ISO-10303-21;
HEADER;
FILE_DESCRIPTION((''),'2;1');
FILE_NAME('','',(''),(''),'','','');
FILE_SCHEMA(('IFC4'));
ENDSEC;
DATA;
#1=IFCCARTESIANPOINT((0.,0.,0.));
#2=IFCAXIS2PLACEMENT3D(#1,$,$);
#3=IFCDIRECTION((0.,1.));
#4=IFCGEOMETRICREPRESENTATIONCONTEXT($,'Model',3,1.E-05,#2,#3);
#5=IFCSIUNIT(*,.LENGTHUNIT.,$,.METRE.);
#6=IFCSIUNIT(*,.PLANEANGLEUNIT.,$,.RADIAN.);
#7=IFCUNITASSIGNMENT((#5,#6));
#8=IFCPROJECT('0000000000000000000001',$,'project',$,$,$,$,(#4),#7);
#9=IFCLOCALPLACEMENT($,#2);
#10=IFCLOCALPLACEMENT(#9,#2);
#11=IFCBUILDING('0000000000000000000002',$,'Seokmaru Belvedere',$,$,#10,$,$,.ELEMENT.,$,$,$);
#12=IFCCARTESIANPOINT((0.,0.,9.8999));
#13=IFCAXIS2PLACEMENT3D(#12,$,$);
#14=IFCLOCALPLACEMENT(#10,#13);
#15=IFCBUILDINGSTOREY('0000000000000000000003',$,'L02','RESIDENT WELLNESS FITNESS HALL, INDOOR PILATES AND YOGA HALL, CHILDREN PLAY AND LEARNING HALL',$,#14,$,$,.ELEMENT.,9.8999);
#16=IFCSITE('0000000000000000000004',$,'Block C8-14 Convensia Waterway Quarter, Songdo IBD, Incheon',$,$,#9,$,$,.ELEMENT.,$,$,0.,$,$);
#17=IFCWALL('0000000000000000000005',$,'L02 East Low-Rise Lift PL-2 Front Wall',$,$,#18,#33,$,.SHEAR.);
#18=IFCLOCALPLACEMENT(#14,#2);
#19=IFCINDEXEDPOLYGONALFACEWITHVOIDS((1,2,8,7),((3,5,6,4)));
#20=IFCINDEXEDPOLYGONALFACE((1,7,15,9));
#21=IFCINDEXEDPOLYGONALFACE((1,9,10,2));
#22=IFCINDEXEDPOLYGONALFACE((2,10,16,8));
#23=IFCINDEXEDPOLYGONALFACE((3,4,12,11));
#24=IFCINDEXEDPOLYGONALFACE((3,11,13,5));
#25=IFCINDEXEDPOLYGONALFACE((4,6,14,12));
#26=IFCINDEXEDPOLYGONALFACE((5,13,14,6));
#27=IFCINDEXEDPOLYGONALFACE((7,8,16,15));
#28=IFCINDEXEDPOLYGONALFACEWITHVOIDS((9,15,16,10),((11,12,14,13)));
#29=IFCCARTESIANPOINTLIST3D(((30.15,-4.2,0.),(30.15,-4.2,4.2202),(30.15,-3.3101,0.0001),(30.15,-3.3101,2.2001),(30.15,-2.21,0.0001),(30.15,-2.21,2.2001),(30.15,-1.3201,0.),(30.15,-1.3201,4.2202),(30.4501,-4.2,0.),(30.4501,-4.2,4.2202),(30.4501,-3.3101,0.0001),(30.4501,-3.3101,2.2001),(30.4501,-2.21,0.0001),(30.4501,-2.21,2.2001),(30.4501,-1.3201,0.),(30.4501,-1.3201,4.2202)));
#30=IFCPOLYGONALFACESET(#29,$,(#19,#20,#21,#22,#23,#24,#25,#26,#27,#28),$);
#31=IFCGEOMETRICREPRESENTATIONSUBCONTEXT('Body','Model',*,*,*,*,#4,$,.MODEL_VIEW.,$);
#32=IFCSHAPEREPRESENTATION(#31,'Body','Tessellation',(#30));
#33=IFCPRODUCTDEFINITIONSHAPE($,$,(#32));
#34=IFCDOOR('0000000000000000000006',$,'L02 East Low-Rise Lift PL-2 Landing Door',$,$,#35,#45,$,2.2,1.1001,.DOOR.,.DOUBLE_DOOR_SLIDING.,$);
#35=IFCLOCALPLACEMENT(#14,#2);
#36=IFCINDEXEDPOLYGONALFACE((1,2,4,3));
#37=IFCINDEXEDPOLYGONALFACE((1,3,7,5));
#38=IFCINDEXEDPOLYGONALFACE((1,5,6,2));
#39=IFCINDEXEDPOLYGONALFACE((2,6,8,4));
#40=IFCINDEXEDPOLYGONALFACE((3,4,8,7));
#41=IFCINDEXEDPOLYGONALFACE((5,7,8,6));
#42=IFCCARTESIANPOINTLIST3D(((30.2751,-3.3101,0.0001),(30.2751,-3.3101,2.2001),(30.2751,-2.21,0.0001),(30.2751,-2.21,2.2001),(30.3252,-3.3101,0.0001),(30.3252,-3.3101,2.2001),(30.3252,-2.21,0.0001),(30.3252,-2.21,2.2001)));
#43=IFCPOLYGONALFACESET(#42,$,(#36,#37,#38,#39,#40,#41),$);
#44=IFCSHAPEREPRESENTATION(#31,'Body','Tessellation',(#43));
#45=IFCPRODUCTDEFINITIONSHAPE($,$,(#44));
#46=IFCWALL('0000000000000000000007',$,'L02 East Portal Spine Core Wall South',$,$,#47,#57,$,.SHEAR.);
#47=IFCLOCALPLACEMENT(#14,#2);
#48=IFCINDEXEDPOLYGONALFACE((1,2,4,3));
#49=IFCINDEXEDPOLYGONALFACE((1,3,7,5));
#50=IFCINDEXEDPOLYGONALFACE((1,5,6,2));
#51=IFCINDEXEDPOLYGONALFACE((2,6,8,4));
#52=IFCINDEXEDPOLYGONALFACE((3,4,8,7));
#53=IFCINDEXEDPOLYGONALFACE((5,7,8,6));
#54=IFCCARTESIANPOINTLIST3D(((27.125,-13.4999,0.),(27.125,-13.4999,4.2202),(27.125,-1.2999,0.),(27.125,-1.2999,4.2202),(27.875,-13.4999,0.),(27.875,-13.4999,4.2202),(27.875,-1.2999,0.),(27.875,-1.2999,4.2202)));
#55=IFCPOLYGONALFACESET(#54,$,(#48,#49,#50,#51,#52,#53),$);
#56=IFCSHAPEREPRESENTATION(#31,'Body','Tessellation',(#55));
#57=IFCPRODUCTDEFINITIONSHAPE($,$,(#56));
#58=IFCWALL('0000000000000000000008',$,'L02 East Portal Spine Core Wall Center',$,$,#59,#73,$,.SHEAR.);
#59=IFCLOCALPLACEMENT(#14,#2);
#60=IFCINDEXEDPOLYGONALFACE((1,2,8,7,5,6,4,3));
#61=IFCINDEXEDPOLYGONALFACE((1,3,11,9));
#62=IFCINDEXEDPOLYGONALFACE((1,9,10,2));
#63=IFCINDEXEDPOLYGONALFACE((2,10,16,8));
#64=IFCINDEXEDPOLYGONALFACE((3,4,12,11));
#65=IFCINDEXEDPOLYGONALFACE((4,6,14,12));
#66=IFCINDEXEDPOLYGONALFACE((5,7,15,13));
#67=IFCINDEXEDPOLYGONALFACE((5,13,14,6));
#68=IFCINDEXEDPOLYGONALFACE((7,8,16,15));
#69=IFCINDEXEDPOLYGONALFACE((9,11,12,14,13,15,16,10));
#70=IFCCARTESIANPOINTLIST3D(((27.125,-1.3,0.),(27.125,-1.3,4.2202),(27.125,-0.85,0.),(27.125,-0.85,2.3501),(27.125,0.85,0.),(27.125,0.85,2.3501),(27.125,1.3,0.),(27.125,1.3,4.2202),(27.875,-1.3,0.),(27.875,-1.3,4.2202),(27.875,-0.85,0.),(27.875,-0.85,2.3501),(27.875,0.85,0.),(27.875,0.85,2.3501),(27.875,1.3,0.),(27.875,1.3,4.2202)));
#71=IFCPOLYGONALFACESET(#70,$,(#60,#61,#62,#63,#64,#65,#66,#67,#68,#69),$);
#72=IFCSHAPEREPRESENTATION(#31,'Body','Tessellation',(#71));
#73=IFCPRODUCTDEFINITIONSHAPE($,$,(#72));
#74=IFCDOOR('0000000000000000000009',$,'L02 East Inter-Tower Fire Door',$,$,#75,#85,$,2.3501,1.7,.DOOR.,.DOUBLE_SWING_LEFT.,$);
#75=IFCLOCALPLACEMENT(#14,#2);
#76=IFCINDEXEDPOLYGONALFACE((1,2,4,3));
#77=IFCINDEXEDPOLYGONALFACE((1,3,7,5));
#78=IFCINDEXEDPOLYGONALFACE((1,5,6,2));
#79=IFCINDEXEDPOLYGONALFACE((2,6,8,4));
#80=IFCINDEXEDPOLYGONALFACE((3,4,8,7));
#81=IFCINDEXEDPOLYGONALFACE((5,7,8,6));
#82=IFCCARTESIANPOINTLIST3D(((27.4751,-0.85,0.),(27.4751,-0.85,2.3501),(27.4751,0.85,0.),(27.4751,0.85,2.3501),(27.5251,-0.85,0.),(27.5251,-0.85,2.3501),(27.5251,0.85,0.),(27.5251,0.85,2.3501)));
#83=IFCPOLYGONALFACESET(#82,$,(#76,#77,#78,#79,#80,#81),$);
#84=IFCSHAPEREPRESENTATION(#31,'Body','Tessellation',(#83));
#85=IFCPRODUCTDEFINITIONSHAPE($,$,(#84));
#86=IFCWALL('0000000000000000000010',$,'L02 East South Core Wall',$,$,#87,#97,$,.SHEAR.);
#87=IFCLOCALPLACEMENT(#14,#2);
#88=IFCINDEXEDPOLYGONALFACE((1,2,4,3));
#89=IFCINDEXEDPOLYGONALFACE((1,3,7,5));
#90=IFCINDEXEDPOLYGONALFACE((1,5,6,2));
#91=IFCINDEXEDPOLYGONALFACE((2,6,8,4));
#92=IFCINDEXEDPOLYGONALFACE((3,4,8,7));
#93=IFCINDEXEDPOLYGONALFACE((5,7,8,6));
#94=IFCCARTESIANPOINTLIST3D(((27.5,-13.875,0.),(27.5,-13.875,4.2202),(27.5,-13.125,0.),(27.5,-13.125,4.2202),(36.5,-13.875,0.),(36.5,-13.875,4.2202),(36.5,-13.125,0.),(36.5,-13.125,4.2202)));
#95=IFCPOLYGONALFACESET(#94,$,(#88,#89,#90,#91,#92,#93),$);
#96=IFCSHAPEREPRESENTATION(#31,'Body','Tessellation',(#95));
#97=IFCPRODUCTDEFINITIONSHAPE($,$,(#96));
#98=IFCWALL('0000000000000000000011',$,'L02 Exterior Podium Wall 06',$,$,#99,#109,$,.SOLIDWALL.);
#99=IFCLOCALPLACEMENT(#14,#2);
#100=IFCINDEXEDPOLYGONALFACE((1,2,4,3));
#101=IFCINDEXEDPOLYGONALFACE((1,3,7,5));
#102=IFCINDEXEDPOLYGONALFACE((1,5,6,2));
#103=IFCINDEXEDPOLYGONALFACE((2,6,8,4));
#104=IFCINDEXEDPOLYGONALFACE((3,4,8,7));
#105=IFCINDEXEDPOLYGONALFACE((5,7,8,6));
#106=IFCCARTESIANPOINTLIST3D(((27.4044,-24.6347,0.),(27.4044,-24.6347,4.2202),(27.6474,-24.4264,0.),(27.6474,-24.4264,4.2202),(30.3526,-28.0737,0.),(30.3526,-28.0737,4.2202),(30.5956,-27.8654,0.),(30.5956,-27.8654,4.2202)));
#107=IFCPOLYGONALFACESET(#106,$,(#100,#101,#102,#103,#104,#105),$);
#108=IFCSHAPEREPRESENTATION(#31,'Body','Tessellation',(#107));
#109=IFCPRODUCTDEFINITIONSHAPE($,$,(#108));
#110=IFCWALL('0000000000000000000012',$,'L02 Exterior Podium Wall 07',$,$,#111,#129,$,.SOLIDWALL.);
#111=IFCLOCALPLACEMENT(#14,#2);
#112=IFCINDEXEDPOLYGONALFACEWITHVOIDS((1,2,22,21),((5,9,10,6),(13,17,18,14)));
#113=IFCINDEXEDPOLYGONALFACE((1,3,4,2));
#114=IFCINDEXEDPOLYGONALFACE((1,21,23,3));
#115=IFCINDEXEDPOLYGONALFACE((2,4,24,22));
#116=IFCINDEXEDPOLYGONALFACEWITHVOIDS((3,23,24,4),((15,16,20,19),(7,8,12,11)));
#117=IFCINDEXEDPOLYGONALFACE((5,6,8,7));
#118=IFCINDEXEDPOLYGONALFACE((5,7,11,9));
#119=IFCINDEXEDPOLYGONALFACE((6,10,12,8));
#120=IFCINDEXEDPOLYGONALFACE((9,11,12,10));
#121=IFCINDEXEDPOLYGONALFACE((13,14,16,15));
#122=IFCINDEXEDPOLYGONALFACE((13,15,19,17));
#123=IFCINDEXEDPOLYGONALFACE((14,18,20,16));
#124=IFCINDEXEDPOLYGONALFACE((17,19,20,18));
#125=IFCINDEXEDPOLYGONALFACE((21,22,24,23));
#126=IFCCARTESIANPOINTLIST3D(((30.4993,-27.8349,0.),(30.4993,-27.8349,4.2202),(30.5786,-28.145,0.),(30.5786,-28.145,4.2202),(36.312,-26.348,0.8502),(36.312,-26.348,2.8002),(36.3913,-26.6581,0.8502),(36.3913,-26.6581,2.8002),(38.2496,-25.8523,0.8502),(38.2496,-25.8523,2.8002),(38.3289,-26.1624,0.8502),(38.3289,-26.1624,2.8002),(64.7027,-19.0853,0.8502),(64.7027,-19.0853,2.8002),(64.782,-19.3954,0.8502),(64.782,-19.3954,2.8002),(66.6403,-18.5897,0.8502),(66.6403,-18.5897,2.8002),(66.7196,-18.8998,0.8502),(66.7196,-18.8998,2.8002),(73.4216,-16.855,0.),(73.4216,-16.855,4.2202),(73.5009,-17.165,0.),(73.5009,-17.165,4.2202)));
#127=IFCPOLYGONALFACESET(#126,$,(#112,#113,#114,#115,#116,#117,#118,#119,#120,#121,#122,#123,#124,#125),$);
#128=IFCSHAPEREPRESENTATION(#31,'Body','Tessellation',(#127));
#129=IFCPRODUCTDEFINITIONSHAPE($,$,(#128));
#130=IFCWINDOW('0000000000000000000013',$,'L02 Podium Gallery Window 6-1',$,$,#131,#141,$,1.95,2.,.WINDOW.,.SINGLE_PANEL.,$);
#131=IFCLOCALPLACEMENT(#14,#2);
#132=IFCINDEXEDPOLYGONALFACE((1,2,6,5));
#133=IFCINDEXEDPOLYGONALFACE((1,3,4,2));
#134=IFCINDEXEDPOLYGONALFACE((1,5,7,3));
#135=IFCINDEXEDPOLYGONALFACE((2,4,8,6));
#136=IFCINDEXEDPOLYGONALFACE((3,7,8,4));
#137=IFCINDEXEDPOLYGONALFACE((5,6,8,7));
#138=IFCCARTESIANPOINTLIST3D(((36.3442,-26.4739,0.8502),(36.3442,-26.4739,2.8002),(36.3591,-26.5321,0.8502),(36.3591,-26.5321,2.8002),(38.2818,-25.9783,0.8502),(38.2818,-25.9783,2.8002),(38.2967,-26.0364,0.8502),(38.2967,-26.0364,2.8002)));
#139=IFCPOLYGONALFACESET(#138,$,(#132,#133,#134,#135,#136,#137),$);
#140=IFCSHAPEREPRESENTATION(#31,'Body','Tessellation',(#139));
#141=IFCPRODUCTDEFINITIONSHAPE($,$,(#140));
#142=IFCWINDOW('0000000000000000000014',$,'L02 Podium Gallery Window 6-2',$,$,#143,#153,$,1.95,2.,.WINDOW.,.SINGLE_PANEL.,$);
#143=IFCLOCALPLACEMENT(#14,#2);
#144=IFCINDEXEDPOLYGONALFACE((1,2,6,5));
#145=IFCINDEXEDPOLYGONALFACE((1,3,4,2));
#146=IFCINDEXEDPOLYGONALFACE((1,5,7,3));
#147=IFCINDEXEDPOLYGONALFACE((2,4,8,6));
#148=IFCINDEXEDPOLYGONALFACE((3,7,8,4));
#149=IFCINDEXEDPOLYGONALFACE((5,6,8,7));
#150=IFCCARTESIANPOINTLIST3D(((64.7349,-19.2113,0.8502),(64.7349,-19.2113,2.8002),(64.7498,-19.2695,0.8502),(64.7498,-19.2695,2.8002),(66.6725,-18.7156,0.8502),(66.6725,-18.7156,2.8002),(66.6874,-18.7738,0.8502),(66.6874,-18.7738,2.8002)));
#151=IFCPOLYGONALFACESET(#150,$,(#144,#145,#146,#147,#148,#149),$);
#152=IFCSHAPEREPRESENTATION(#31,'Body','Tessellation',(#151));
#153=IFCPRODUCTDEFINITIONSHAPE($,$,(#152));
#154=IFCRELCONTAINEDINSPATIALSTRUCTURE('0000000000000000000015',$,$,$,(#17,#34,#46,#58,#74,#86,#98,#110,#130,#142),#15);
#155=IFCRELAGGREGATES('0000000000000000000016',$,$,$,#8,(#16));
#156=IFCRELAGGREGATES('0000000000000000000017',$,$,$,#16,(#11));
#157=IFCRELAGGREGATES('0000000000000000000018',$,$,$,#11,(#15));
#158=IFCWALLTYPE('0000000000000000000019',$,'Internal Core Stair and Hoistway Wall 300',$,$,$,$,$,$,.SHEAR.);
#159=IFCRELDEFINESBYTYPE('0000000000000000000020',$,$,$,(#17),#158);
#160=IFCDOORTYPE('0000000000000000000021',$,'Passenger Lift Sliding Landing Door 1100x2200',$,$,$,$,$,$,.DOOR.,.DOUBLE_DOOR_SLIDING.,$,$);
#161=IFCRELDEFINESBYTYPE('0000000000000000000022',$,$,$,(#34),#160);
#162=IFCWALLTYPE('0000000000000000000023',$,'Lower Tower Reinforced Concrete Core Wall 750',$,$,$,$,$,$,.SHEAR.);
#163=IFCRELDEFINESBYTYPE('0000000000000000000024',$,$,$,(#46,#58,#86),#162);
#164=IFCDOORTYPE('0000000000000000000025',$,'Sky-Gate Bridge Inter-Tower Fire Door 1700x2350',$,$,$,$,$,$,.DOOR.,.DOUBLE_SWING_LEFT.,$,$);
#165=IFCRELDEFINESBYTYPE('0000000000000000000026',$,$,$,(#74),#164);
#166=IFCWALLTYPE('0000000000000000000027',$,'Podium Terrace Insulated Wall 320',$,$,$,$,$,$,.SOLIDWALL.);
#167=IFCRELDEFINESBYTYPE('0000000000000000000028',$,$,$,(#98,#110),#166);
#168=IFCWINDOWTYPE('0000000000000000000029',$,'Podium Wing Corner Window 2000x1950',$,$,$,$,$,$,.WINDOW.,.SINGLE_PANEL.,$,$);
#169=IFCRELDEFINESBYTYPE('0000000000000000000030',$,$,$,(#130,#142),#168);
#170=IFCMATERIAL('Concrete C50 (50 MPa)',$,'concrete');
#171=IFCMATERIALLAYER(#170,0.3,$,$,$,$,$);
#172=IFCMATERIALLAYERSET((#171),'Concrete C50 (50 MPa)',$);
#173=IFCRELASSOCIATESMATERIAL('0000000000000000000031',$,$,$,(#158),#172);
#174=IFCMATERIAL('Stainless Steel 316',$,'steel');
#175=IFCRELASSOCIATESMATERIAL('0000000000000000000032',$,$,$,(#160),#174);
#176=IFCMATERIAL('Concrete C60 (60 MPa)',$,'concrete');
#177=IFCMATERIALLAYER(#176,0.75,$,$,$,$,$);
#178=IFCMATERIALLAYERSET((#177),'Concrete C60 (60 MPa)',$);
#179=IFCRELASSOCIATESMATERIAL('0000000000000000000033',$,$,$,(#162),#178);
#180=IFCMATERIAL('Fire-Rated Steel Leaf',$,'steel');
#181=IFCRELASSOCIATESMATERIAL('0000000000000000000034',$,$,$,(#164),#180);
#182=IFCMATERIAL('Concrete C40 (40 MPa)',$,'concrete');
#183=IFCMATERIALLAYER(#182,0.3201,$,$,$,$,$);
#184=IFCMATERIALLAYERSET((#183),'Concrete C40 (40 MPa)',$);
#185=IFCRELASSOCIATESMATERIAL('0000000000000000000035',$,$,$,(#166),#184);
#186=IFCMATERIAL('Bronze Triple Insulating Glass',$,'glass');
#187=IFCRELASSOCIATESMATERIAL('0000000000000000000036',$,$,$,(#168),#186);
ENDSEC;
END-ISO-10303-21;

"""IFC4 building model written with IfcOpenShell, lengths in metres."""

from ifc_helpers import new_model, si_unit, direction, frame, frame_2d, origin, place, context, subcontext, project, spatial, rectangle, extrude, source, transform, mapped, material, layer, layer_set, type_object, type_shapes, element, fill, save


model = new_model("IFC4")

# Units and contexts
model_context = context("Model", 3, precision=1e-05, world=origin(), true_north=direction((0.0, 1.0)))
body_context = subcontext(model_context, "Body", "Model", "MODEL_VIEW")
ifc_project = project(units=[si_unit("LENGTHUNIT", "METRE"), si_unit("PLANEANGLEUNIT", "RADIAN")], contexts=[model_context])

# Site, building, storey
site_placement = place(None, origin())
site = spatial("IfcSite", under=ifc_project, at=site_placement, Name="Block C8-14 Convensia Waterway Quarter, Songdo IBD, Incheon", CompositionType="ELEMENT", RefElevation=0.0)
building_placement = place(site_placement, origin())
building = spatial("IfcBuilding", under=site, at=building_placement, Name="Seokmaru Belvedere", CompositionType="ELEMENT")
storey_placement = place(building_placement, frame((0.0, 0.0, 9.8999)))
storey = spatial("IfcBuildingStorey", under=building, at=storey_placement, Name="L02", Description="RESIDENT WELLNESS FITNESS HALL, INDOOR PILATES AND YOGA HALL, CHILDREN PLAY AND LEARNING HALL", CompositionType="ELEMENT", Elevation=9.8999)

# Shared definitions
ifc_material_1 = material(Name="Concrete C50 (50 MPa)", Category="concrete")

# Wall, opening, door
ifc_layer_1 = layer(ifc_material_1, 0.3)
ifc_layer_set_1 = layer_set([ifc_layer_1], Name="Concrete C50 (50 MPa)")
wall_type_1 = type_object("IfcWallType", Name="Internal Core Stair and Hoistway Wall 300", PredefinedType="SHEAR", material=ifc_layer_set_1)
ifc_material_2 = material(Name="Fire-Rated Steel Leaf", Category="steel")
ifc_material_3 = material(Name="Stainless Steel 316", Category="steel")
door_type_1 = type_object("IfcDoorType", Name="Passenger Lift Sliding Landing Door 1100x2200", OperationType="DOUBLE_DOOR_SLIDING", PredefinedType="DOOR", material=ifc_material_3)
shared_shape_1 = source(origin(), body_context, "Body", "SweptSolid", [
    extrude(rectangle(XDim=1.1001, YDim=2.2, at=frame_2d((0.55, 1.1001))), frame((0.0, 0.0249, 0.0), z_axis=(0.0, -1.0, 0.0), x_axis=(1.0, 0.0, 0.0)), (0.0, 0.0, 1.0), 0.05),
])
type_shapes(door_type_1, [shared_shape_1])
wall_1_placement = place(storey_placement, frame((30.3, -4.2, 0.0), z_axis=(0.0, 0.0, 1.0), x_axis=(0.0, 1.0, 0.0)))
wall_1 = element("IfcWall", 1, at=wall_1_placement, inside=storey, type_object=wall_type_1, Name="L02 East Low-Rise Lift PL-2 Front Wall", PredefinedType="SHEAR", context=body_context, shape_type="SweptSolid", body=[
    extrude(rectangle(XDim=2.8799, YDim=0.3, at=frame_2d((1.4399, 0.0))), origin(), (0.0, 0.0, 1.0), 4.2202),
])
opening_1_placement = place(wall_1_placement, frame((0.8899, 0.0, 0.0)))
opening_1 = element("IfcOpeningElement", 2, at=opening_1_placement, cuts=wall_1, PredefinedType="OPENING", context=body_context, shape_type="SweptSolid", body=[
    extrude(rectangle(XDim=1.1001, YDim=2.2, at=frame_2d((0.55, 1.1001))), frame((0.0, 0.1602, 0.0), z_axis=(0.0, -1.0, 0.0), x_axis=(1.0, 0.0, 0.0)), (0.0, 0.0, 1.0), 0.3201),
])
door_1_placement = place(opening_1_placement, origin())
door_1 = element("IfcDoor", 3, at=door_1_placement, inside=storey, type_object=door_type_1, Name="L02 East Low-Rise Lift PL-2 Landing Door", OperationType="DOUBLE_DOOR_SLIDING", OverallHeight=2.2, OverallWidth=1.1001, PredefinedType="DOOR", context=body_context, shape_type="MappedRepresentation", body=[
    mapped(shared_shape_1, transform((0.0, 0.0, 0.0), scale=1.0)),
])
fill(opening_1, door_1)

# Wall
ifc_material_4 = material(Name="Concrete C60 (60 MPa)", Category="concrete")
ifc_layer_2 = layer(ifc_material_4, 0.75)
ifc_layer_set_2 = layer_set([ifc_layer_2], Name="Concrete C60 (60 MPa)")
wall_type_2 = type_object("IfcWallType", Name="Lower Tower Reinforced Concrete Core Wall 750", PredefinedType="SHEAR", material=ifc_layer_set_2)
wall_2_placement = place(storey_placement, frame((27.5, -13.5, 0.0), z_axis=(0.0, 0.0, 1.0), x_axis=(0.0, 1.0, 0.0)))
element("IfcWall", 4, at=wall_2_placement, inside=storey, type_object=wall_type_2, Name="L02 East Portal Spine Core Wall South", PredefinedType="SHEAR", context=body_context, shape_type="SweptSolid", body=[
    extrude(rectangle(XDim=12.2, YDim=0.75, at=frame_2d((6.1001, 0.0))), origin(), (0.0, 0.0, 1.0), 4.2202),
])

# Wall, opening, door
wall_3_placement = place(storey_placement, frame((27.5, -1.3, 0.0), z_axis=(0.0, 0.0, 1.0), x_axis=(0.0, 1.0, 0.0)))
wall_3 = element("IfcWall", 5, at=wall_3_placement, inside=storey, type_object=wall_type_2, Name="L02 East Portal Spine Core Wall Center", PredefinedType="SHEAR", context=body_context, shape_type="SweptSolid", body=[
    extrude(rectangle(XDim=2.6001, YDim=0.75, at=frame_2d((1.3, 0.0))), origin(), (0.0, 0.0, 1.0), 4.2202),
])
opening_2_placement = place(wall_3_placement, frame((0.45, 0.0, 0.0)))
opening_2 = element("IfcOpeningElement", 6, at=opening_2_placement, cuts=wall_3, PredefinedType="OPENING", context=body_context, shape_type="SweptSolid", body=[
    extrude(rectangle(XDim=1.7, YDim=2.3501, at=frame_2d((0.8501, 1.175))), frame((0.0, 0.385, 0.0), z_axis=(0.0, -1.0, 0.0), x_axis=(1.0, 0.0, 0.0)), (0.0, 0.0, 1.0), 0.77),
])
door_type_2 = type_object("IfcDoorType", Name="Sky-Gate Bridge Inter-Tower Fire Door 1700x2350", OperationType="DOUBLE_SWING_LEFT", PredefinedType="DOOR", material=ifc_material_2)
shared_shape_2 = source(origin(), body_context, "Body", "SweptSolid", [
    extrude(rectangle(XDim=1.7, YDim=2.3501, at=frame_2d((0.8501, 1.175))), frame((0.0, 0.0249, 0.0), z_axis=(0.0, -1.0, 0.0), x_axis=(1.0, 0.0, 0.0)), (0.0, 0.0, 1.0), 0.05),
])
type_shapes(door_type_2, [shared_shape_2])
door_2_placement = place(opening_2_placement, origin())
door_2 = element("IfcDoor", 7, at=door_2_placement, inside=storey, type_object=door_type_2, Name="L02 East Inter-Tower Fire Door", OperationType="DOUBLE_SWING_LEFT", OverallHeight=2.3501, OverallWidth=1.7, PredefinedType="DOOR", context=body_context, shape_type="MappedRepresentation", body=[
    mapped(shared_shape_2, transform((0.0, 0.0, 0.0), scale=1.0)),
])
fill(opening_2, door_2)

# Walls
wall_4_placement = place(storey_placement, frame((27.5, -13.5, 0.0), z_axis=(0.0, 0.0, 1.0), x_axis=(1.0, 0.0, 0.0)))
element("IfcWall", 8, at=wall_4_placement, inside=storey, type_object=wall_type_2, Name="L02 East South Core Wall", PredefinedType="SHEAR", context=body_context, shape_type="SweptSolid", body=[
    extrude(rectangle(XDim=9.0, YDim=0.75, at=frame_2d((4.5, 0.0))), origin(), (0.0, 0.0, 1.0), 4.2202),
])
ifc_material_5 = material(Name="Concrete C40 (40 MPa)", Category="concrete")
ifc_layer_3 = layer(ifc_material_5, 0.3201)
ifc_layer_set_3 = layer_set([ifc_layer_3], Name="Concrete C40 (40 MPa)")
wall_type_3 = type_object("IfcWallType", Name="Podium Terrace Insulated Wall 320", PredefinedType="SOLIDWALL", material=ifc_layer_set_3)
wall_5_placement = place(storey_placement, frame((27.5259, -24.5305, 0.0), z_axis=(0.0, 0.0, 1.0), x_axis=(0.650862, -0.759196, 0.0)))
element("IfcWall", 9, at=wall_5_placement, inside=storey, type_object=wall_type_3, Name="L02 Exterior Podium Wall 06", PredefinedType="SOLIDWALL", context=body_context, shape_type="SweptSolid", body=[
    extrude(rectangle(XDim=4.5298, YDim=0.3201, at=frame_2d((2.2649, 0.0))), origin(), (0.0, 0.0, 1.0), 4.2202),
])

# Wall, openings, windows
wall_6_placement = place(storey_placement, frame((30.5388, -27.99, 0.0), z_axis=(0.0, 0.0, 1.0), x_axis=(0.968804, 0.24783, 0.0)))
wall_6 = element("IfcWall", 10, at=wall_6_placement, inside=storey, type_object=wall_type_3, Name="L02 Exterior Podium Wall 07", PredefinedType="SOLIDWALL", context=body_context, shape_type="SweptSolid", body=[
    extrude(rectangle(XDim=44.3044, YDim=0.3201, at=frame_2d((22.1523, 0.0))), origin(), (0.0, 0.0, 1.0), 4.2202),
])
opening_3_placement = place(wall_6_placement, frame((6.0, 0.0, 0.8501)))
opening_3 = element("IfcOpeningElement", 11, at=opening_3_placement, cuts=wall_6, PredefinedType="OPENING", context=body_context, shape_type="SweptSolid", body=[
    extrude(rectangle(XDim=2.0, YDim=1.95, at=frame_2d((1.0, 0.9751))), frame((0.0, 0.1699, 0.0), z_axis=(0.0, -1.0, 0.0), x_axis=(1.0, 0.0, 0.0)), (0.0, 0.0, 1.0), 0.3401),
])
opening_4_placement = place(wall_6_placement, frame((35.3049, 0.0, 0.8501)))
opening_4 = element("IfcOpeningElement", 12, at=opening_4_placement, cuts=wall_6, PredefinedType="OPENING", context=body_context, shape_type="SweptSolid", body=[
    extrude(rectangle(XDim=2.0, YDim=1.95, at=frame_2d((1.0, 0.9751))), frame((0.0, 0.1699, 0.0), z_axis=(0.0, -1.0, 0.0), x_axis=(1.0, 0.0, 0.0)), (0.0, 0.0, 1.0), 0.3401),
])
ifc_material_6 = material(Name="Bronze Triple Insulating Glass", Category="glass")
window_type = type_object("IfcWindowType", Name="Podium Wing Corner Window 2000x1950", PartitioningType="SINGLE_PANEL", PredefinedType="WINDOW", material=ifc_material_6)
shared_shape_3 = source(origin(), body_context, "Body", "SweptSolid", [
    extrude(rectangle(XDim=2.0, YDim=1.95, at=frame_2d((1.0, 0.9751))), frame((0.0, 0.03, 0.0), z_axis=(0.0, -1.0, 0.0), x_axis=(1.0, 0.0, 0.0)), (0.0, 0.0, 1.0), 0.0601),
])
type_shapes(window_type, [shared_shape_3])
window_1_placement = place(opening_3_placement, origin())
window_1 = element("IfcWindow", 13, at=window_1_placement, inside=storey, type_object=window_type, Name="L02 Podium Gallery Window 6-1", OverallHeight=1.95, OverallWidth=2.0, PartitioningType="SINGLE_PANEL", PredefinedType="WINDOW", context=body_context, shape_type="MappedRepresentation", body=[
    mapped(shared_shape_3, transform((0.0, 0.0, 0.0), scale=1.0)),
])
fill(opening_3, window_1)
window_2_placement = place(opening_4_placement, origin())
window_2 = element("IfcWindow", 14, at=window_2_placement, inside=storey, type_object=window_type, Name="L02 Podium Gallery Window 6-2", OverallHeight=1.95, OverallWidth=2.0, PartitioningType="SINGLE_PANEL", PredefinedType="WINDOW", context=body_context, shape_type="MappedRepresentation", body=[
    mapped(shared_shape_3, transform((0.0, 0.0, 0.0), scale=1.0)),
])
fill(opening_4, window_2)

save(model, "model.ifc")
